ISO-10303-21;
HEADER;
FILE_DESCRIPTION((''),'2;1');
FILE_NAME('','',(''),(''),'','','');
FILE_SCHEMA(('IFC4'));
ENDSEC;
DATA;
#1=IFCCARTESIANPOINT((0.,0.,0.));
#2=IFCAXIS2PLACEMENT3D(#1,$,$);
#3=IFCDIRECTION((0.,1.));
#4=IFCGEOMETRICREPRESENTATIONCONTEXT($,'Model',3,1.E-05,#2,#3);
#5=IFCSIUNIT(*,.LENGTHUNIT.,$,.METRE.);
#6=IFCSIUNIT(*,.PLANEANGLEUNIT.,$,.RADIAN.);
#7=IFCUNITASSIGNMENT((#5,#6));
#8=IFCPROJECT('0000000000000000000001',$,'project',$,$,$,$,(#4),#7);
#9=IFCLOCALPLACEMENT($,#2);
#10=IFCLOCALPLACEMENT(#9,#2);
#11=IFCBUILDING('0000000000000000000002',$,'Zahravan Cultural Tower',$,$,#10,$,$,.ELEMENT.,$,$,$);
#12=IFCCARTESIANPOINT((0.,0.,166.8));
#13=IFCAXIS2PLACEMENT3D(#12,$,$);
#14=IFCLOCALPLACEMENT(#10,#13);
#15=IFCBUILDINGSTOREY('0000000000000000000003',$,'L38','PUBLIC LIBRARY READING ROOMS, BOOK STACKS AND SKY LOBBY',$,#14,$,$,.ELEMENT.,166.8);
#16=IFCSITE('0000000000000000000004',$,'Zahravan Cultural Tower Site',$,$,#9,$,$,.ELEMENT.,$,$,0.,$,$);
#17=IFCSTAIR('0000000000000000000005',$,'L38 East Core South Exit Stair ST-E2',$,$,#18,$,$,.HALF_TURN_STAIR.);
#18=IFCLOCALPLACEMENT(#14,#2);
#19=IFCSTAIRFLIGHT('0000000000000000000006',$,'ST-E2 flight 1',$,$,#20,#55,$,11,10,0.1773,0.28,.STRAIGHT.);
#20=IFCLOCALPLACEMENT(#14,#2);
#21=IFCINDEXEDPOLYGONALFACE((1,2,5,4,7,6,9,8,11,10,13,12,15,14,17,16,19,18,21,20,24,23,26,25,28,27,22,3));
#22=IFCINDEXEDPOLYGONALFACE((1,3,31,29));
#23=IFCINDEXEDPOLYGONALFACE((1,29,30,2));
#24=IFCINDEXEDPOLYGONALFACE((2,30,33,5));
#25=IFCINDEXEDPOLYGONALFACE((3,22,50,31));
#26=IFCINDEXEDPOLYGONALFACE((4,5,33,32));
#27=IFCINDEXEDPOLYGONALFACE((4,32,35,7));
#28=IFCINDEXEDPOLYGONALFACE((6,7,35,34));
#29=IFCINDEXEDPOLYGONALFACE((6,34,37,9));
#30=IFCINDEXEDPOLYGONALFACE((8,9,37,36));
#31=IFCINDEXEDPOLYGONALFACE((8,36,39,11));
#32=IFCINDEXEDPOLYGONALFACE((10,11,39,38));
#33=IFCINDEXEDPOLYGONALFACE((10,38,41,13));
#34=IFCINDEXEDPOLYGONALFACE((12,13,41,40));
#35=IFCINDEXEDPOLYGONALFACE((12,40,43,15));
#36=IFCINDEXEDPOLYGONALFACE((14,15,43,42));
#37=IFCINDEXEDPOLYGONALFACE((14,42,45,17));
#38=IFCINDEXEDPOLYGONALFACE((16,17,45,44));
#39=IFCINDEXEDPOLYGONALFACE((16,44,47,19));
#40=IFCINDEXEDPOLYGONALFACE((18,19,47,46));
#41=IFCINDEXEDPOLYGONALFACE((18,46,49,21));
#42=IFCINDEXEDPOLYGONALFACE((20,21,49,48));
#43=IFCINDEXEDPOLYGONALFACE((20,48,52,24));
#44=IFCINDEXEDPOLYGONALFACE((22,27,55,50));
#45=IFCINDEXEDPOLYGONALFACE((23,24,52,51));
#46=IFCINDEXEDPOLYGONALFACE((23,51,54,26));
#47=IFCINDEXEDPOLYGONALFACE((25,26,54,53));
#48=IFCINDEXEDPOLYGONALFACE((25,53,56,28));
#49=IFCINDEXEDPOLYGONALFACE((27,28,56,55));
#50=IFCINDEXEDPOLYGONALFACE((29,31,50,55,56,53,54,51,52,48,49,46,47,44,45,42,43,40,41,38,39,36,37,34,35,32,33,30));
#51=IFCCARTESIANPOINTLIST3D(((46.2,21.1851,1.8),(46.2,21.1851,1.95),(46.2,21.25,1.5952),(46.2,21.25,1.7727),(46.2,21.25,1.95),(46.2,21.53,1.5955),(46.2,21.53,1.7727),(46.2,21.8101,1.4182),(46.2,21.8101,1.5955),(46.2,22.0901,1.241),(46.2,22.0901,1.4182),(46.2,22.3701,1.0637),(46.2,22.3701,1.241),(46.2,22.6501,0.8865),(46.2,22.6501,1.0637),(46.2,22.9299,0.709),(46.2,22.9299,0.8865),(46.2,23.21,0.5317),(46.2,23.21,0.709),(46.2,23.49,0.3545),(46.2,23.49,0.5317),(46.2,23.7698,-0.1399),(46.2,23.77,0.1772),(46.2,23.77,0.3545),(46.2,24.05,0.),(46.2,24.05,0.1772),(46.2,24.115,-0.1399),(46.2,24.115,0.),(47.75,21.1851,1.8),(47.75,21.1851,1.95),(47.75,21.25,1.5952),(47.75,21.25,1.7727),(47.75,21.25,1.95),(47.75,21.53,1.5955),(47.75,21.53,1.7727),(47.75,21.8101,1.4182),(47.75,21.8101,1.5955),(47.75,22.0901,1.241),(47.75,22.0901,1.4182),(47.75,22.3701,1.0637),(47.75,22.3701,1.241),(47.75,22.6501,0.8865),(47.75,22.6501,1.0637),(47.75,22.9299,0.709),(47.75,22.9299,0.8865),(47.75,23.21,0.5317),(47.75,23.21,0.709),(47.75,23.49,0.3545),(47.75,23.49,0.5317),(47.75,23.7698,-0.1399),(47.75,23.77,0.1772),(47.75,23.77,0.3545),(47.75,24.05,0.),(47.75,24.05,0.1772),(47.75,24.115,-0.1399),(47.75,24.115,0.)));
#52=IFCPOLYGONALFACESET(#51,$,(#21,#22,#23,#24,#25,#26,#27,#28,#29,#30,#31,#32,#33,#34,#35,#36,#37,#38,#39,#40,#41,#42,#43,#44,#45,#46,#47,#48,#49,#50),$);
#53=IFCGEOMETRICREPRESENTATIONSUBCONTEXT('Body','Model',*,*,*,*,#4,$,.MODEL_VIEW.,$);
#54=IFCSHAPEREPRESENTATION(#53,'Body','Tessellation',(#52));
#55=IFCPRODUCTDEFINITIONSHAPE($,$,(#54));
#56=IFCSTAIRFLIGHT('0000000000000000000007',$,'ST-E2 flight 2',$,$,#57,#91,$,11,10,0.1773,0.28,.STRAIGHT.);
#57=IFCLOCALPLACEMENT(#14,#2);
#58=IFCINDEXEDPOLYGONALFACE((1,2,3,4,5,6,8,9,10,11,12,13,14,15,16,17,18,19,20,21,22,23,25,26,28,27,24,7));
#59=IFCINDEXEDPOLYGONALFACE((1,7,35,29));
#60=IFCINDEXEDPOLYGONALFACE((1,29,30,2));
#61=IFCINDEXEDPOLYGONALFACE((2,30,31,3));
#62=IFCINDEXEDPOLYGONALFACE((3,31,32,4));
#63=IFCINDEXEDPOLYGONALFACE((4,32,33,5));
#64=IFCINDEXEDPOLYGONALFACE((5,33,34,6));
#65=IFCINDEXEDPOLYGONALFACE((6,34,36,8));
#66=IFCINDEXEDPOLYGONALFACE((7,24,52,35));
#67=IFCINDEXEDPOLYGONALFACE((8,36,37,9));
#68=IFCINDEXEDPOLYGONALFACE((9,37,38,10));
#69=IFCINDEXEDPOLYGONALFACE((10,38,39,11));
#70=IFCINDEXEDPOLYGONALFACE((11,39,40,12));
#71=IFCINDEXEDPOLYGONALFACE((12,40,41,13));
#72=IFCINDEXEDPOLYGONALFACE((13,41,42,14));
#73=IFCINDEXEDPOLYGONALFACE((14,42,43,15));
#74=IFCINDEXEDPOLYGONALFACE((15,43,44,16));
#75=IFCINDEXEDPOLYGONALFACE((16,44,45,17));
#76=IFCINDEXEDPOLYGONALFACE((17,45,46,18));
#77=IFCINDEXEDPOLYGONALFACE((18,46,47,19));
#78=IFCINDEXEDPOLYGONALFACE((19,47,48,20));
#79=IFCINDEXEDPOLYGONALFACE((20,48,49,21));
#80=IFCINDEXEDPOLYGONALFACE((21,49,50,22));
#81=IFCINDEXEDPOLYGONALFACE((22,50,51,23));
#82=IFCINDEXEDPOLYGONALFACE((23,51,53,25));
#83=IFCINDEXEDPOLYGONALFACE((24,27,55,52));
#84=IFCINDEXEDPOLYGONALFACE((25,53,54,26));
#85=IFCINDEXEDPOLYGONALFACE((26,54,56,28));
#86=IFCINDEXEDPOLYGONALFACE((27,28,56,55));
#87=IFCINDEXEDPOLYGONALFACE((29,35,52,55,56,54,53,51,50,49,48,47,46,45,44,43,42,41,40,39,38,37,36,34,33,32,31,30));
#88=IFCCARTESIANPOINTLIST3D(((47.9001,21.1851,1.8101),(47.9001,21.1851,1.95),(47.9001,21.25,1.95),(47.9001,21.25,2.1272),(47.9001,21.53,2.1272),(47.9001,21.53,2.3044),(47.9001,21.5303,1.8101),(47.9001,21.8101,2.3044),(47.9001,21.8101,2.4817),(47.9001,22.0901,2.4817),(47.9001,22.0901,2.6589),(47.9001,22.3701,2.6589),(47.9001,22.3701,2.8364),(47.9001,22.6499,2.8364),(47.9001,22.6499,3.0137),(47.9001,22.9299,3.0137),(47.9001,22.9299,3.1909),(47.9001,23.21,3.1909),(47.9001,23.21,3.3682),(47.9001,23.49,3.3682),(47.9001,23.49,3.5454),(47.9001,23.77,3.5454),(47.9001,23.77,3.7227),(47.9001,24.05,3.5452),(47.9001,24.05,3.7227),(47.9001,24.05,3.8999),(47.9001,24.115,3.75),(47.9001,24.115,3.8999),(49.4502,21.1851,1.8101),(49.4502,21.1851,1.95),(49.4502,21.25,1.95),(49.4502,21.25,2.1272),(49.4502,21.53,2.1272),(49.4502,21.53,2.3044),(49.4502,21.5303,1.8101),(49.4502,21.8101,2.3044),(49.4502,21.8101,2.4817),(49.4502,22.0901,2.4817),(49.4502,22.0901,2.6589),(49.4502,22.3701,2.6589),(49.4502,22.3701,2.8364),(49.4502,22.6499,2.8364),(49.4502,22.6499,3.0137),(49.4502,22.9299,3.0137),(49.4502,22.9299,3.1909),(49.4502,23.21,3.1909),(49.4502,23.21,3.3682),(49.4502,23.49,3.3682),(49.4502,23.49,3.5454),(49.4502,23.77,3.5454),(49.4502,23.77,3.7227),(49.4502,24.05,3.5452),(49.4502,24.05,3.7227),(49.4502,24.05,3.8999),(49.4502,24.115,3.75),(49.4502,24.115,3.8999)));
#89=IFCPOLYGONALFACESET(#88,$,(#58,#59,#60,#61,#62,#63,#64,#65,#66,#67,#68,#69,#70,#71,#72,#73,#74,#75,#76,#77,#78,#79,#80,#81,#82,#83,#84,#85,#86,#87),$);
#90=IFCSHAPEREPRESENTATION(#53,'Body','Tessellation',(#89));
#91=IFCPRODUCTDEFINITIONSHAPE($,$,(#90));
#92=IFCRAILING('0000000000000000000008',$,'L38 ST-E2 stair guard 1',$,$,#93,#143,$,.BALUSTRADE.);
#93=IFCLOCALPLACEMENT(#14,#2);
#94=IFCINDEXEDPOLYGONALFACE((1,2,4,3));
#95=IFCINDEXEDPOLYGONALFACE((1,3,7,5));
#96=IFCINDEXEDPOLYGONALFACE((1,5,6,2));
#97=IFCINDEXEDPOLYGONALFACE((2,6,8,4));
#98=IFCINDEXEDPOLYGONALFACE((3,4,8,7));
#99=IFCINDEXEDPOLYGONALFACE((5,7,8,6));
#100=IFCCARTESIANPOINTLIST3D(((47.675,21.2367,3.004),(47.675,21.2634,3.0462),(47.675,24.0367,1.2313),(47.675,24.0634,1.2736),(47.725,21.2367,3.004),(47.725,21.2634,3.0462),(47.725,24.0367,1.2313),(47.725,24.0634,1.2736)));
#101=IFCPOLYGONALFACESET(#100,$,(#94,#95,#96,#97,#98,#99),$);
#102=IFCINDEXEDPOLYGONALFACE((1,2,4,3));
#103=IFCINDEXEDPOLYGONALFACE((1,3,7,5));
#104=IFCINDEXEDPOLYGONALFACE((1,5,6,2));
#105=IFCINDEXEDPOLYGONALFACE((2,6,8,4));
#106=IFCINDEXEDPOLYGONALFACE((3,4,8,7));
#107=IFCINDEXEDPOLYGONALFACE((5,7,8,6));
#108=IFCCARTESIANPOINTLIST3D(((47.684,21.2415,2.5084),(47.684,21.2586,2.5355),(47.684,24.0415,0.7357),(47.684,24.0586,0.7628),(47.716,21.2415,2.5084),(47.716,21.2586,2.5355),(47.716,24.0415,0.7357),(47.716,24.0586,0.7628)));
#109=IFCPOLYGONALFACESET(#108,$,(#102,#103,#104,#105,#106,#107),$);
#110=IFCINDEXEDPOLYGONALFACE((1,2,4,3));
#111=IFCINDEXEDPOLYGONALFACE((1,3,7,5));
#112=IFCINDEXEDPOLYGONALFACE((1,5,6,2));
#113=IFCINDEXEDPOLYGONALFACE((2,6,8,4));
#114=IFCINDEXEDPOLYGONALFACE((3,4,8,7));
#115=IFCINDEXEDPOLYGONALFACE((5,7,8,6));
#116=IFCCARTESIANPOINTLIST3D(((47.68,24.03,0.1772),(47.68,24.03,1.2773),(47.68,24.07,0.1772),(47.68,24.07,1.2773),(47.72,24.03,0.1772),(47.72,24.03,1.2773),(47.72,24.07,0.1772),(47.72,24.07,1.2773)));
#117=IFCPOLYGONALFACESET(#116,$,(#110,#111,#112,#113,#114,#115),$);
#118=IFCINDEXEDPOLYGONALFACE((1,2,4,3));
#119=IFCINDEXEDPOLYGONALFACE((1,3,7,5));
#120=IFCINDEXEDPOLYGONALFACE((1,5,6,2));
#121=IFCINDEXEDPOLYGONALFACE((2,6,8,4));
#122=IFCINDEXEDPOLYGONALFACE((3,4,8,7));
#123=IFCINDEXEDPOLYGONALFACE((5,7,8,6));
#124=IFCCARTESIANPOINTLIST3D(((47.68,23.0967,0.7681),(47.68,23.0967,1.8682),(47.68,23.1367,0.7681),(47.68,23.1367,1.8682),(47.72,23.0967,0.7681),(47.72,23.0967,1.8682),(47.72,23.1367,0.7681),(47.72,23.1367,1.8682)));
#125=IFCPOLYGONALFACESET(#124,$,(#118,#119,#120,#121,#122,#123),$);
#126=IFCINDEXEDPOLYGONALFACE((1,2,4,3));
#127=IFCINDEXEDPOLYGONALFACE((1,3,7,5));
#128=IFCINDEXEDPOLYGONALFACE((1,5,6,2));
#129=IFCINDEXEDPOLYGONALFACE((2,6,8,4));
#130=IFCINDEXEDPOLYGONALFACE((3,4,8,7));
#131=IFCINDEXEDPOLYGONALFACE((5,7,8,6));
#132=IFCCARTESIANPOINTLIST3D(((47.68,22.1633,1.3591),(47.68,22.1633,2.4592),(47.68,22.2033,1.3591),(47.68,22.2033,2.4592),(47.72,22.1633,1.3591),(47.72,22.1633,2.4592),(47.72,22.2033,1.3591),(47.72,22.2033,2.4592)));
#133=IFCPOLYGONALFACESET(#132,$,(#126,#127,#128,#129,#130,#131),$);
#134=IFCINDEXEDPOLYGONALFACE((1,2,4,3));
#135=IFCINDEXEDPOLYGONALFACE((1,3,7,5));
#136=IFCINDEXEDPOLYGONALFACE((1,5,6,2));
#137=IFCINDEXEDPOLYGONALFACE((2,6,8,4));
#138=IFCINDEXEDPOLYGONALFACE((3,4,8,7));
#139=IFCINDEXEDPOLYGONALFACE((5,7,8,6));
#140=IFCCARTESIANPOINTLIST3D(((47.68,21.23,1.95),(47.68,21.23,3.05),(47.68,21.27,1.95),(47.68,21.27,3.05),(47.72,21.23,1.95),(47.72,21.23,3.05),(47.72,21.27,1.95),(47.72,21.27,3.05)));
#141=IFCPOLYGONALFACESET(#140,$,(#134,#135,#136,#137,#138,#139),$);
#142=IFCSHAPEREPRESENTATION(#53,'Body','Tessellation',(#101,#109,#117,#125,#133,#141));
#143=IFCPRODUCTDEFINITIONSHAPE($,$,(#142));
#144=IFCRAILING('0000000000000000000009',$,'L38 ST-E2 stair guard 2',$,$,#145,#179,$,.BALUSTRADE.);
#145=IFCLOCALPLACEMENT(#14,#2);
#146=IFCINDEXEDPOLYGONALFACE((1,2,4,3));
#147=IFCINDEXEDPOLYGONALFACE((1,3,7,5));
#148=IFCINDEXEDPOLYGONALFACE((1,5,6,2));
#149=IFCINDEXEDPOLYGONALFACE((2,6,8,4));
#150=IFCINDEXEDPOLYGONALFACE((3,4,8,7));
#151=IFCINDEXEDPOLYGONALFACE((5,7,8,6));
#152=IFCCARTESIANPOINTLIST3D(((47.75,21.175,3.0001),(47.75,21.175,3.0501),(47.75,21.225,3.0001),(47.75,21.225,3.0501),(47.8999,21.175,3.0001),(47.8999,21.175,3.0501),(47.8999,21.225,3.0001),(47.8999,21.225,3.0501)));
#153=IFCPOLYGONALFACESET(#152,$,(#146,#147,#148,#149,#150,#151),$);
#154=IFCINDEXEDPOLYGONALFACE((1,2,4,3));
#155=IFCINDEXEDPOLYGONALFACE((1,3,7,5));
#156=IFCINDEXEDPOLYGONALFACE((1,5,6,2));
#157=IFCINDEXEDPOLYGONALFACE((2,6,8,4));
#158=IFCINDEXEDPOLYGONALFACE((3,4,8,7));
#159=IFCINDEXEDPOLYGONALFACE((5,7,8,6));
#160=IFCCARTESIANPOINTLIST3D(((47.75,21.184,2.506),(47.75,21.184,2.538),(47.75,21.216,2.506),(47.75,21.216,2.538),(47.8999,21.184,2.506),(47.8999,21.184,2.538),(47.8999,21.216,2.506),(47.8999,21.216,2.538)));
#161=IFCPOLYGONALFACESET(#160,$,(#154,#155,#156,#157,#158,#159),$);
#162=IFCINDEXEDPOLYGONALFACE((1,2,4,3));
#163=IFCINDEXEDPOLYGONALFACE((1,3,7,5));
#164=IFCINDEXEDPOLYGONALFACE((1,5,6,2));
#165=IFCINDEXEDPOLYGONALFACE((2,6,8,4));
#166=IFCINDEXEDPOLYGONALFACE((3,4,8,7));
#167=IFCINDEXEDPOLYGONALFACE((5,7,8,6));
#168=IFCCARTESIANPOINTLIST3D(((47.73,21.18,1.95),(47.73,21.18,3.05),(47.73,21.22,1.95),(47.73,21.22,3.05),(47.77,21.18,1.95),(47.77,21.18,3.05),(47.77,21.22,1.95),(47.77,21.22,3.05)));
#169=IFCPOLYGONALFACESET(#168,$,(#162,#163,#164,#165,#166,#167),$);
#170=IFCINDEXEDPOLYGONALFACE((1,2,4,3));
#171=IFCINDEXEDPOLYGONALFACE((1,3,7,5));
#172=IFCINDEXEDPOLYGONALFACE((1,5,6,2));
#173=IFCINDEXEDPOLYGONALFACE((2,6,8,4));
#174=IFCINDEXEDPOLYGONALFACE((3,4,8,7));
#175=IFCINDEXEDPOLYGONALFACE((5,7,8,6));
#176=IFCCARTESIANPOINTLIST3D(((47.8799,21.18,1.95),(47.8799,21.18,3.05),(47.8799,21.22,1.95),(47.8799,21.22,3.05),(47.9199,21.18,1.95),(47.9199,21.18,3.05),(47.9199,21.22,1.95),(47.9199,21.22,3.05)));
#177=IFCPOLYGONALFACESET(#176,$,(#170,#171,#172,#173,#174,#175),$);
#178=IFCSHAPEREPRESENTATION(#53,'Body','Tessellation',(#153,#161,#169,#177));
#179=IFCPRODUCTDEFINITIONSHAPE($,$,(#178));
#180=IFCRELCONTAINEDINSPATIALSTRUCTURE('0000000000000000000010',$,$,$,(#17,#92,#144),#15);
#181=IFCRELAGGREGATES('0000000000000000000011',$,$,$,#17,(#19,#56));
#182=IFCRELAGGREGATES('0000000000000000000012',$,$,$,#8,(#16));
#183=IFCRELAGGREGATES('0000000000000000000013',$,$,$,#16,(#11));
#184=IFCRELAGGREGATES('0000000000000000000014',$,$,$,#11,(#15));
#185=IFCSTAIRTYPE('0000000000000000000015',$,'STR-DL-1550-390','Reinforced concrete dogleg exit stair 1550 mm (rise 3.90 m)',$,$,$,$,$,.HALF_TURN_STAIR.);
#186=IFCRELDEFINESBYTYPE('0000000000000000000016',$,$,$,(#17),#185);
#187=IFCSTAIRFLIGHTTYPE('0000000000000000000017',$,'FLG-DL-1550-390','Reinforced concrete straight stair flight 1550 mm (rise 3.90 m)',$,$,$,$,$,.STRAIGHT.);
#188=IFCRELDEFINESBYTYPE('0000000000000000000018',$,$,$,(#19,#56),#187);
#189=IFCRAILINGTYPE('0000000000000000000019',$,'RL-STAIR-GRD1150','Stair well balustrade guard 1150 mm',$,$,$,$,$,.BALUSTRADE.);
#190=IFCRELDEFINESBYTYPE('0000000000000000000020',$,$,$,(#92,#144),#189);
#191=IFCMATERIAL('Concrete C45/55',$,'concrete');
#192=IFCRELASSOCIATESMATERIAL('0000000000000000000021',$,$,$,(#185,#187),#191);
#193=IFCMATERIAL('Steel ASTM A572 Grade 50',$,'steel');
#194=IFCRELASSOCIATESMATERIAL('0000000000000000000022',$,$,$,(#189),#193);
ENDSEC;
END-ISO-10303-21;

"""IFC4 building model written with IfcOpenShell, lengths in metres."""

from ifc_helpers import new_model, si_unit, direction, frame, origin, origin_2d, place, context, subcontext, project, spatial, polyline, rectangle, outline, extrude, material, type_object, element, aggregate, save


model = new_model("IFC4")

# Units and contexts
model_context = context("Model", 3, precision=1e-05, world=origin(), true_north=direction((0.0, 1.0)))
body_context = subcontext(model_context, "Body", "Model", "MODEL_VIEW")
ifc_project = project(units=[si_unit("LENGTHUNIT", "METRE"), si_unit("PLANEANGLEUNIT", "RADIAN")], contexts=[model_context])

# Site, building, storey
site_placement = place(None, origin())
site = spatial("IfcSite", under=ifc_project, at=site_placement, Name="Zahravan Cultural Tower Site", CompositionType="ELEMENT", RefElevation=0.0)
building_placement = place(site_placement, origin())
building = spatial("IfcBuilding", under=site, at=building_placement, Name="Zahravan Cultural Tower", CompositionType="ELEMENT")
storey_placement = place(building_placement, frame((0.0, 0.0, 166.8)))
storey = spatial("IfcBuildingStorey", under=building, at=storey_placement, Name="L38", Description="PUBLIC LIBRARY READING ROOMS, BOOK STACKS AND SKY LOBBY", CompositionType="ELEMENT", Elevation=166.8)

# Shared definitions
ifc_material_1 = material(Name="Concrete C45/55", Category="concrete")
ifc_material_2 = material(Name="Steel ASTM A572 Grade 50", Category="steel")

# Stair, stair flights
stair_type = type_object("IfcStairType", Name="STR-DL-1550-390", Description="Reinforced concrete dogleg exit stair 1550 mm (rise 3.90 m)", PredefinedType="HALF_TURN_STAIR", material=ifc_material_1)
stair_placement = place(storey_placement, origin())
stair = element("IfcStair", 1, at=stair_placement, inside=storey, type_object=stair_type, Name="L38 East Core South Exit Stair ST-E2", PredefinedType="HALF_TURN_STAIR")
stair_flight_type = type_object("IfcStairFlightType", Name="FLG-DL-1550-390", Description="Reinforced concrete straight stair flight 1550 mm (rise 3.90 m)", PredefinedType="STRAIGHT", material=ifc_material_1)
stair_flight_1_placement = place(storey_placement, frame((46.9751, 24.05, 0.0), z_axis=(0.0, 0.0, 1.0), x_axis=(0.0, -1.0, 0.0)))
stair_flight_1 = element("IfcStairFlight", 2, at=stair_flight_1_placement, type_object=stair_flight_type, Name="ST-E2 flight 1", NumberOfRisers=11, NumberOfTreads=10, PredefinedType="STRAIGHT", RiserHeight=0.1773, TreadLength=0.28, context=body_context, shape_type="SweptSolid", body=[
    extrude(outline(polyline([(-0.0649, -0.1399), (-0.0649, 0.0), (0.0, 0.0), (0.0, 0.1772), (0.28, 0.1772), (0.28, 0.3545), (0.5601, 0.3545), (0.5601, 0.5317), (0.8401, 0.5317), (0.8401, 0.709), (1.1201, 0.709), (1.1201, 0.8865), (1.3999, 0.8865), (1.3999, 1.0637), (1.6799, 1.0637), (1.6799, 1.241), (1.96, 1.241), (1.96, 1.4182), (2.24, 1.4182), (2.24, 1.5955), (2.52, 1.5955), (2.52, 1.7727), (2.8, 1.7727), (2.8, 1.95), (2.865, 1.95), (2.865, 1.8), (2.8, 1.5952), (0.2803, -0.1399), (-0.0649, -0.1399)])), frame((0.0, 0.7749, 0.0), z_axis=(0.0, -1.0, 0.0), x_axis=(1.0, 0.0, 0.0)), (0.0, 0.0, 1.0), 1.55),
])
stair_flight_2_placement = place(storey_placement, frame((48.675, 21.25, 1.95), z_axis=(0.0, 0.0, 1.0), x_axis=(0.0, 1.0, 0.0)))
stair_flight_2 = element("IfcStairFlight", 3, at=stair_flight_2_placement, type_object=stair_flight_type, Name="ST-E2 flight 2", NumberOfRisers=11, NumberOfTreads=10, PredefinedType="STRAIGHT", RiserHeight=0.1773, TreadLength=0.28, context=body_context, shape_type="SweptSolid", body=[
    extrude(outline(polyline([(-0.0649, -0.1399), (-0.0649, 0.0), (0.0, 0.0), (0.0, 0.1772), (0.28, 0.1772), (0.28, 0.3545), (0.5601, 0.3545), (0.5601, 0.5317), (0.8401, 0.5317), (0.8401, 0.709), (1.1201, 0.709), (1.1201, 0.8865), (1.3999, 0.8865), (1.3999, 1.0637), (1.6799, 1.0637), (1.6799, 1.241), (1.96, 1.241), (1.96, 1.4182), (2.24, 1.4182), (2.24, 1.5955), (2.52, 1.5955), (2.52, 1.7727), (2.8, 1.7727), (2.8, 1.95), (2.865, 1.95), (2.865, 1.8), (2.8, 1.5952), (0.2803, -0.1399), (-0.0649, -0.1399)])), frame((0.0, 0.7749, 0.0), z_axis=(0.0, -1.0, 0.0), x_axis=(1.0, 0.0, 0.0)), (0.0, 0.0, 1.0), 1.55),
])
aggregate(stair, [stair_flight_1, stair_flight_2])

# Railings
railing_type_1 = type_object("IfcRailingType", Name="RL-STAIR-GRD1150", Description="Stair well balustrade guard 1150 mm", PredefinedType="BALUSTRADE", material=ifc_material_2)
railing_1_placement = place(storey_placement, frame((47.7, 24.05, 0.1772)))
element("IfcRailing", 4, at=railing_1_placement, inside=storey, type_object=railing_type_1, Name="L38 ST-E2 stair guard 1", PredefinedType="BALUSTRADE", context=body_context, shape_type="SweptSolid", body=[
    extrude(rectangle(XDim=0.05, YDim=0.05, at=origin_2d()), frame((0.0, 0.0, 1.0752), z_axis=(0.0, -0.844909, 0.53491), x_axis=(1.0, 0.0, 0.0)), (0.0, 0.0, 1.0), 3.314),
    extrude(rectangle(XDim=0.032, YDim=0.032, at=origin_2d()), frame((0.0, 0.0, 0.572), z_axis=(0.0, -0.844909, 0.53491), x_axis=(1.0, 0.0, 0.0)), (0.0, 0.0, 1.0), 3.314),
    extrude(rectangle(XDim=0.04, YDim=0.04, at=origin_2d()), origin(), (0.0, 0.0, 1.0), 1.1001),
    extrude(rectangle(XDim=0.04, YDim=0.04, at=origin_2d()), frame((0.0, -0.9333, 0.5908)), (0.0, 0.0, 1.0), 1.1001),
    extrude(rectangle(XDim=0.04, YDim=0.04, at=origin_2d()), frame((0.0, -1.8667, 1.1819)), (0.0, 0.0, 1.0), 1.1001),
    extrude(rectangle(XDim=0.04, YDim=0.04, at=origin_2d()), frame((0.0, -2.8, 1.7727)), (0.0, 0.0, 1.0), 1.1001),
])
railing_2_placement = place(storey_placement, frame((47.75, 21.2, 1.95)))
element("IfcRailing", 5, at=railing_2_placement, inside=storey, type_object=railing_type_1, Name="L38 ST-E2 stair guard 2", PredefinedType="BALUSTRADE", context=body_context, shape_type="SweptSolid", body=[
    extrude(rectangle(XDim=0.05, YDim=0.05, at=origin_2d()), frame((0.0, 0.0, 1.0752), z_axis=(1.0, 0.0, 0.0), x_axis=(0.0, 1.0, 0.0)), (0.0, 0.0, 1.0), 0.1499),
    extrude(rectangle(XDim=0.032, YDim=0.032, at=origin_2d()), frame((0.0, 0.0, 0.572), z_axis=(1.0, 0.0, 0.0), x_axis=(0.0, 1.0, 0.0)), (0.0, 0.0, 1.0), 0.1499),
    extrude(rectangle(XDim=0.04, YDim=0.04, at=origin_2d()), origin(), (0.0, 0.0, 1.0), 1.1001),
    extrude(rectangle(XDim=0.04, YDim=0.04, at=origin_2d()), frame((0.1499, 0.0, 0.0)), (0.0, 0.0, 1.0), 1.1001),
])

save(model, "model.ifc")
